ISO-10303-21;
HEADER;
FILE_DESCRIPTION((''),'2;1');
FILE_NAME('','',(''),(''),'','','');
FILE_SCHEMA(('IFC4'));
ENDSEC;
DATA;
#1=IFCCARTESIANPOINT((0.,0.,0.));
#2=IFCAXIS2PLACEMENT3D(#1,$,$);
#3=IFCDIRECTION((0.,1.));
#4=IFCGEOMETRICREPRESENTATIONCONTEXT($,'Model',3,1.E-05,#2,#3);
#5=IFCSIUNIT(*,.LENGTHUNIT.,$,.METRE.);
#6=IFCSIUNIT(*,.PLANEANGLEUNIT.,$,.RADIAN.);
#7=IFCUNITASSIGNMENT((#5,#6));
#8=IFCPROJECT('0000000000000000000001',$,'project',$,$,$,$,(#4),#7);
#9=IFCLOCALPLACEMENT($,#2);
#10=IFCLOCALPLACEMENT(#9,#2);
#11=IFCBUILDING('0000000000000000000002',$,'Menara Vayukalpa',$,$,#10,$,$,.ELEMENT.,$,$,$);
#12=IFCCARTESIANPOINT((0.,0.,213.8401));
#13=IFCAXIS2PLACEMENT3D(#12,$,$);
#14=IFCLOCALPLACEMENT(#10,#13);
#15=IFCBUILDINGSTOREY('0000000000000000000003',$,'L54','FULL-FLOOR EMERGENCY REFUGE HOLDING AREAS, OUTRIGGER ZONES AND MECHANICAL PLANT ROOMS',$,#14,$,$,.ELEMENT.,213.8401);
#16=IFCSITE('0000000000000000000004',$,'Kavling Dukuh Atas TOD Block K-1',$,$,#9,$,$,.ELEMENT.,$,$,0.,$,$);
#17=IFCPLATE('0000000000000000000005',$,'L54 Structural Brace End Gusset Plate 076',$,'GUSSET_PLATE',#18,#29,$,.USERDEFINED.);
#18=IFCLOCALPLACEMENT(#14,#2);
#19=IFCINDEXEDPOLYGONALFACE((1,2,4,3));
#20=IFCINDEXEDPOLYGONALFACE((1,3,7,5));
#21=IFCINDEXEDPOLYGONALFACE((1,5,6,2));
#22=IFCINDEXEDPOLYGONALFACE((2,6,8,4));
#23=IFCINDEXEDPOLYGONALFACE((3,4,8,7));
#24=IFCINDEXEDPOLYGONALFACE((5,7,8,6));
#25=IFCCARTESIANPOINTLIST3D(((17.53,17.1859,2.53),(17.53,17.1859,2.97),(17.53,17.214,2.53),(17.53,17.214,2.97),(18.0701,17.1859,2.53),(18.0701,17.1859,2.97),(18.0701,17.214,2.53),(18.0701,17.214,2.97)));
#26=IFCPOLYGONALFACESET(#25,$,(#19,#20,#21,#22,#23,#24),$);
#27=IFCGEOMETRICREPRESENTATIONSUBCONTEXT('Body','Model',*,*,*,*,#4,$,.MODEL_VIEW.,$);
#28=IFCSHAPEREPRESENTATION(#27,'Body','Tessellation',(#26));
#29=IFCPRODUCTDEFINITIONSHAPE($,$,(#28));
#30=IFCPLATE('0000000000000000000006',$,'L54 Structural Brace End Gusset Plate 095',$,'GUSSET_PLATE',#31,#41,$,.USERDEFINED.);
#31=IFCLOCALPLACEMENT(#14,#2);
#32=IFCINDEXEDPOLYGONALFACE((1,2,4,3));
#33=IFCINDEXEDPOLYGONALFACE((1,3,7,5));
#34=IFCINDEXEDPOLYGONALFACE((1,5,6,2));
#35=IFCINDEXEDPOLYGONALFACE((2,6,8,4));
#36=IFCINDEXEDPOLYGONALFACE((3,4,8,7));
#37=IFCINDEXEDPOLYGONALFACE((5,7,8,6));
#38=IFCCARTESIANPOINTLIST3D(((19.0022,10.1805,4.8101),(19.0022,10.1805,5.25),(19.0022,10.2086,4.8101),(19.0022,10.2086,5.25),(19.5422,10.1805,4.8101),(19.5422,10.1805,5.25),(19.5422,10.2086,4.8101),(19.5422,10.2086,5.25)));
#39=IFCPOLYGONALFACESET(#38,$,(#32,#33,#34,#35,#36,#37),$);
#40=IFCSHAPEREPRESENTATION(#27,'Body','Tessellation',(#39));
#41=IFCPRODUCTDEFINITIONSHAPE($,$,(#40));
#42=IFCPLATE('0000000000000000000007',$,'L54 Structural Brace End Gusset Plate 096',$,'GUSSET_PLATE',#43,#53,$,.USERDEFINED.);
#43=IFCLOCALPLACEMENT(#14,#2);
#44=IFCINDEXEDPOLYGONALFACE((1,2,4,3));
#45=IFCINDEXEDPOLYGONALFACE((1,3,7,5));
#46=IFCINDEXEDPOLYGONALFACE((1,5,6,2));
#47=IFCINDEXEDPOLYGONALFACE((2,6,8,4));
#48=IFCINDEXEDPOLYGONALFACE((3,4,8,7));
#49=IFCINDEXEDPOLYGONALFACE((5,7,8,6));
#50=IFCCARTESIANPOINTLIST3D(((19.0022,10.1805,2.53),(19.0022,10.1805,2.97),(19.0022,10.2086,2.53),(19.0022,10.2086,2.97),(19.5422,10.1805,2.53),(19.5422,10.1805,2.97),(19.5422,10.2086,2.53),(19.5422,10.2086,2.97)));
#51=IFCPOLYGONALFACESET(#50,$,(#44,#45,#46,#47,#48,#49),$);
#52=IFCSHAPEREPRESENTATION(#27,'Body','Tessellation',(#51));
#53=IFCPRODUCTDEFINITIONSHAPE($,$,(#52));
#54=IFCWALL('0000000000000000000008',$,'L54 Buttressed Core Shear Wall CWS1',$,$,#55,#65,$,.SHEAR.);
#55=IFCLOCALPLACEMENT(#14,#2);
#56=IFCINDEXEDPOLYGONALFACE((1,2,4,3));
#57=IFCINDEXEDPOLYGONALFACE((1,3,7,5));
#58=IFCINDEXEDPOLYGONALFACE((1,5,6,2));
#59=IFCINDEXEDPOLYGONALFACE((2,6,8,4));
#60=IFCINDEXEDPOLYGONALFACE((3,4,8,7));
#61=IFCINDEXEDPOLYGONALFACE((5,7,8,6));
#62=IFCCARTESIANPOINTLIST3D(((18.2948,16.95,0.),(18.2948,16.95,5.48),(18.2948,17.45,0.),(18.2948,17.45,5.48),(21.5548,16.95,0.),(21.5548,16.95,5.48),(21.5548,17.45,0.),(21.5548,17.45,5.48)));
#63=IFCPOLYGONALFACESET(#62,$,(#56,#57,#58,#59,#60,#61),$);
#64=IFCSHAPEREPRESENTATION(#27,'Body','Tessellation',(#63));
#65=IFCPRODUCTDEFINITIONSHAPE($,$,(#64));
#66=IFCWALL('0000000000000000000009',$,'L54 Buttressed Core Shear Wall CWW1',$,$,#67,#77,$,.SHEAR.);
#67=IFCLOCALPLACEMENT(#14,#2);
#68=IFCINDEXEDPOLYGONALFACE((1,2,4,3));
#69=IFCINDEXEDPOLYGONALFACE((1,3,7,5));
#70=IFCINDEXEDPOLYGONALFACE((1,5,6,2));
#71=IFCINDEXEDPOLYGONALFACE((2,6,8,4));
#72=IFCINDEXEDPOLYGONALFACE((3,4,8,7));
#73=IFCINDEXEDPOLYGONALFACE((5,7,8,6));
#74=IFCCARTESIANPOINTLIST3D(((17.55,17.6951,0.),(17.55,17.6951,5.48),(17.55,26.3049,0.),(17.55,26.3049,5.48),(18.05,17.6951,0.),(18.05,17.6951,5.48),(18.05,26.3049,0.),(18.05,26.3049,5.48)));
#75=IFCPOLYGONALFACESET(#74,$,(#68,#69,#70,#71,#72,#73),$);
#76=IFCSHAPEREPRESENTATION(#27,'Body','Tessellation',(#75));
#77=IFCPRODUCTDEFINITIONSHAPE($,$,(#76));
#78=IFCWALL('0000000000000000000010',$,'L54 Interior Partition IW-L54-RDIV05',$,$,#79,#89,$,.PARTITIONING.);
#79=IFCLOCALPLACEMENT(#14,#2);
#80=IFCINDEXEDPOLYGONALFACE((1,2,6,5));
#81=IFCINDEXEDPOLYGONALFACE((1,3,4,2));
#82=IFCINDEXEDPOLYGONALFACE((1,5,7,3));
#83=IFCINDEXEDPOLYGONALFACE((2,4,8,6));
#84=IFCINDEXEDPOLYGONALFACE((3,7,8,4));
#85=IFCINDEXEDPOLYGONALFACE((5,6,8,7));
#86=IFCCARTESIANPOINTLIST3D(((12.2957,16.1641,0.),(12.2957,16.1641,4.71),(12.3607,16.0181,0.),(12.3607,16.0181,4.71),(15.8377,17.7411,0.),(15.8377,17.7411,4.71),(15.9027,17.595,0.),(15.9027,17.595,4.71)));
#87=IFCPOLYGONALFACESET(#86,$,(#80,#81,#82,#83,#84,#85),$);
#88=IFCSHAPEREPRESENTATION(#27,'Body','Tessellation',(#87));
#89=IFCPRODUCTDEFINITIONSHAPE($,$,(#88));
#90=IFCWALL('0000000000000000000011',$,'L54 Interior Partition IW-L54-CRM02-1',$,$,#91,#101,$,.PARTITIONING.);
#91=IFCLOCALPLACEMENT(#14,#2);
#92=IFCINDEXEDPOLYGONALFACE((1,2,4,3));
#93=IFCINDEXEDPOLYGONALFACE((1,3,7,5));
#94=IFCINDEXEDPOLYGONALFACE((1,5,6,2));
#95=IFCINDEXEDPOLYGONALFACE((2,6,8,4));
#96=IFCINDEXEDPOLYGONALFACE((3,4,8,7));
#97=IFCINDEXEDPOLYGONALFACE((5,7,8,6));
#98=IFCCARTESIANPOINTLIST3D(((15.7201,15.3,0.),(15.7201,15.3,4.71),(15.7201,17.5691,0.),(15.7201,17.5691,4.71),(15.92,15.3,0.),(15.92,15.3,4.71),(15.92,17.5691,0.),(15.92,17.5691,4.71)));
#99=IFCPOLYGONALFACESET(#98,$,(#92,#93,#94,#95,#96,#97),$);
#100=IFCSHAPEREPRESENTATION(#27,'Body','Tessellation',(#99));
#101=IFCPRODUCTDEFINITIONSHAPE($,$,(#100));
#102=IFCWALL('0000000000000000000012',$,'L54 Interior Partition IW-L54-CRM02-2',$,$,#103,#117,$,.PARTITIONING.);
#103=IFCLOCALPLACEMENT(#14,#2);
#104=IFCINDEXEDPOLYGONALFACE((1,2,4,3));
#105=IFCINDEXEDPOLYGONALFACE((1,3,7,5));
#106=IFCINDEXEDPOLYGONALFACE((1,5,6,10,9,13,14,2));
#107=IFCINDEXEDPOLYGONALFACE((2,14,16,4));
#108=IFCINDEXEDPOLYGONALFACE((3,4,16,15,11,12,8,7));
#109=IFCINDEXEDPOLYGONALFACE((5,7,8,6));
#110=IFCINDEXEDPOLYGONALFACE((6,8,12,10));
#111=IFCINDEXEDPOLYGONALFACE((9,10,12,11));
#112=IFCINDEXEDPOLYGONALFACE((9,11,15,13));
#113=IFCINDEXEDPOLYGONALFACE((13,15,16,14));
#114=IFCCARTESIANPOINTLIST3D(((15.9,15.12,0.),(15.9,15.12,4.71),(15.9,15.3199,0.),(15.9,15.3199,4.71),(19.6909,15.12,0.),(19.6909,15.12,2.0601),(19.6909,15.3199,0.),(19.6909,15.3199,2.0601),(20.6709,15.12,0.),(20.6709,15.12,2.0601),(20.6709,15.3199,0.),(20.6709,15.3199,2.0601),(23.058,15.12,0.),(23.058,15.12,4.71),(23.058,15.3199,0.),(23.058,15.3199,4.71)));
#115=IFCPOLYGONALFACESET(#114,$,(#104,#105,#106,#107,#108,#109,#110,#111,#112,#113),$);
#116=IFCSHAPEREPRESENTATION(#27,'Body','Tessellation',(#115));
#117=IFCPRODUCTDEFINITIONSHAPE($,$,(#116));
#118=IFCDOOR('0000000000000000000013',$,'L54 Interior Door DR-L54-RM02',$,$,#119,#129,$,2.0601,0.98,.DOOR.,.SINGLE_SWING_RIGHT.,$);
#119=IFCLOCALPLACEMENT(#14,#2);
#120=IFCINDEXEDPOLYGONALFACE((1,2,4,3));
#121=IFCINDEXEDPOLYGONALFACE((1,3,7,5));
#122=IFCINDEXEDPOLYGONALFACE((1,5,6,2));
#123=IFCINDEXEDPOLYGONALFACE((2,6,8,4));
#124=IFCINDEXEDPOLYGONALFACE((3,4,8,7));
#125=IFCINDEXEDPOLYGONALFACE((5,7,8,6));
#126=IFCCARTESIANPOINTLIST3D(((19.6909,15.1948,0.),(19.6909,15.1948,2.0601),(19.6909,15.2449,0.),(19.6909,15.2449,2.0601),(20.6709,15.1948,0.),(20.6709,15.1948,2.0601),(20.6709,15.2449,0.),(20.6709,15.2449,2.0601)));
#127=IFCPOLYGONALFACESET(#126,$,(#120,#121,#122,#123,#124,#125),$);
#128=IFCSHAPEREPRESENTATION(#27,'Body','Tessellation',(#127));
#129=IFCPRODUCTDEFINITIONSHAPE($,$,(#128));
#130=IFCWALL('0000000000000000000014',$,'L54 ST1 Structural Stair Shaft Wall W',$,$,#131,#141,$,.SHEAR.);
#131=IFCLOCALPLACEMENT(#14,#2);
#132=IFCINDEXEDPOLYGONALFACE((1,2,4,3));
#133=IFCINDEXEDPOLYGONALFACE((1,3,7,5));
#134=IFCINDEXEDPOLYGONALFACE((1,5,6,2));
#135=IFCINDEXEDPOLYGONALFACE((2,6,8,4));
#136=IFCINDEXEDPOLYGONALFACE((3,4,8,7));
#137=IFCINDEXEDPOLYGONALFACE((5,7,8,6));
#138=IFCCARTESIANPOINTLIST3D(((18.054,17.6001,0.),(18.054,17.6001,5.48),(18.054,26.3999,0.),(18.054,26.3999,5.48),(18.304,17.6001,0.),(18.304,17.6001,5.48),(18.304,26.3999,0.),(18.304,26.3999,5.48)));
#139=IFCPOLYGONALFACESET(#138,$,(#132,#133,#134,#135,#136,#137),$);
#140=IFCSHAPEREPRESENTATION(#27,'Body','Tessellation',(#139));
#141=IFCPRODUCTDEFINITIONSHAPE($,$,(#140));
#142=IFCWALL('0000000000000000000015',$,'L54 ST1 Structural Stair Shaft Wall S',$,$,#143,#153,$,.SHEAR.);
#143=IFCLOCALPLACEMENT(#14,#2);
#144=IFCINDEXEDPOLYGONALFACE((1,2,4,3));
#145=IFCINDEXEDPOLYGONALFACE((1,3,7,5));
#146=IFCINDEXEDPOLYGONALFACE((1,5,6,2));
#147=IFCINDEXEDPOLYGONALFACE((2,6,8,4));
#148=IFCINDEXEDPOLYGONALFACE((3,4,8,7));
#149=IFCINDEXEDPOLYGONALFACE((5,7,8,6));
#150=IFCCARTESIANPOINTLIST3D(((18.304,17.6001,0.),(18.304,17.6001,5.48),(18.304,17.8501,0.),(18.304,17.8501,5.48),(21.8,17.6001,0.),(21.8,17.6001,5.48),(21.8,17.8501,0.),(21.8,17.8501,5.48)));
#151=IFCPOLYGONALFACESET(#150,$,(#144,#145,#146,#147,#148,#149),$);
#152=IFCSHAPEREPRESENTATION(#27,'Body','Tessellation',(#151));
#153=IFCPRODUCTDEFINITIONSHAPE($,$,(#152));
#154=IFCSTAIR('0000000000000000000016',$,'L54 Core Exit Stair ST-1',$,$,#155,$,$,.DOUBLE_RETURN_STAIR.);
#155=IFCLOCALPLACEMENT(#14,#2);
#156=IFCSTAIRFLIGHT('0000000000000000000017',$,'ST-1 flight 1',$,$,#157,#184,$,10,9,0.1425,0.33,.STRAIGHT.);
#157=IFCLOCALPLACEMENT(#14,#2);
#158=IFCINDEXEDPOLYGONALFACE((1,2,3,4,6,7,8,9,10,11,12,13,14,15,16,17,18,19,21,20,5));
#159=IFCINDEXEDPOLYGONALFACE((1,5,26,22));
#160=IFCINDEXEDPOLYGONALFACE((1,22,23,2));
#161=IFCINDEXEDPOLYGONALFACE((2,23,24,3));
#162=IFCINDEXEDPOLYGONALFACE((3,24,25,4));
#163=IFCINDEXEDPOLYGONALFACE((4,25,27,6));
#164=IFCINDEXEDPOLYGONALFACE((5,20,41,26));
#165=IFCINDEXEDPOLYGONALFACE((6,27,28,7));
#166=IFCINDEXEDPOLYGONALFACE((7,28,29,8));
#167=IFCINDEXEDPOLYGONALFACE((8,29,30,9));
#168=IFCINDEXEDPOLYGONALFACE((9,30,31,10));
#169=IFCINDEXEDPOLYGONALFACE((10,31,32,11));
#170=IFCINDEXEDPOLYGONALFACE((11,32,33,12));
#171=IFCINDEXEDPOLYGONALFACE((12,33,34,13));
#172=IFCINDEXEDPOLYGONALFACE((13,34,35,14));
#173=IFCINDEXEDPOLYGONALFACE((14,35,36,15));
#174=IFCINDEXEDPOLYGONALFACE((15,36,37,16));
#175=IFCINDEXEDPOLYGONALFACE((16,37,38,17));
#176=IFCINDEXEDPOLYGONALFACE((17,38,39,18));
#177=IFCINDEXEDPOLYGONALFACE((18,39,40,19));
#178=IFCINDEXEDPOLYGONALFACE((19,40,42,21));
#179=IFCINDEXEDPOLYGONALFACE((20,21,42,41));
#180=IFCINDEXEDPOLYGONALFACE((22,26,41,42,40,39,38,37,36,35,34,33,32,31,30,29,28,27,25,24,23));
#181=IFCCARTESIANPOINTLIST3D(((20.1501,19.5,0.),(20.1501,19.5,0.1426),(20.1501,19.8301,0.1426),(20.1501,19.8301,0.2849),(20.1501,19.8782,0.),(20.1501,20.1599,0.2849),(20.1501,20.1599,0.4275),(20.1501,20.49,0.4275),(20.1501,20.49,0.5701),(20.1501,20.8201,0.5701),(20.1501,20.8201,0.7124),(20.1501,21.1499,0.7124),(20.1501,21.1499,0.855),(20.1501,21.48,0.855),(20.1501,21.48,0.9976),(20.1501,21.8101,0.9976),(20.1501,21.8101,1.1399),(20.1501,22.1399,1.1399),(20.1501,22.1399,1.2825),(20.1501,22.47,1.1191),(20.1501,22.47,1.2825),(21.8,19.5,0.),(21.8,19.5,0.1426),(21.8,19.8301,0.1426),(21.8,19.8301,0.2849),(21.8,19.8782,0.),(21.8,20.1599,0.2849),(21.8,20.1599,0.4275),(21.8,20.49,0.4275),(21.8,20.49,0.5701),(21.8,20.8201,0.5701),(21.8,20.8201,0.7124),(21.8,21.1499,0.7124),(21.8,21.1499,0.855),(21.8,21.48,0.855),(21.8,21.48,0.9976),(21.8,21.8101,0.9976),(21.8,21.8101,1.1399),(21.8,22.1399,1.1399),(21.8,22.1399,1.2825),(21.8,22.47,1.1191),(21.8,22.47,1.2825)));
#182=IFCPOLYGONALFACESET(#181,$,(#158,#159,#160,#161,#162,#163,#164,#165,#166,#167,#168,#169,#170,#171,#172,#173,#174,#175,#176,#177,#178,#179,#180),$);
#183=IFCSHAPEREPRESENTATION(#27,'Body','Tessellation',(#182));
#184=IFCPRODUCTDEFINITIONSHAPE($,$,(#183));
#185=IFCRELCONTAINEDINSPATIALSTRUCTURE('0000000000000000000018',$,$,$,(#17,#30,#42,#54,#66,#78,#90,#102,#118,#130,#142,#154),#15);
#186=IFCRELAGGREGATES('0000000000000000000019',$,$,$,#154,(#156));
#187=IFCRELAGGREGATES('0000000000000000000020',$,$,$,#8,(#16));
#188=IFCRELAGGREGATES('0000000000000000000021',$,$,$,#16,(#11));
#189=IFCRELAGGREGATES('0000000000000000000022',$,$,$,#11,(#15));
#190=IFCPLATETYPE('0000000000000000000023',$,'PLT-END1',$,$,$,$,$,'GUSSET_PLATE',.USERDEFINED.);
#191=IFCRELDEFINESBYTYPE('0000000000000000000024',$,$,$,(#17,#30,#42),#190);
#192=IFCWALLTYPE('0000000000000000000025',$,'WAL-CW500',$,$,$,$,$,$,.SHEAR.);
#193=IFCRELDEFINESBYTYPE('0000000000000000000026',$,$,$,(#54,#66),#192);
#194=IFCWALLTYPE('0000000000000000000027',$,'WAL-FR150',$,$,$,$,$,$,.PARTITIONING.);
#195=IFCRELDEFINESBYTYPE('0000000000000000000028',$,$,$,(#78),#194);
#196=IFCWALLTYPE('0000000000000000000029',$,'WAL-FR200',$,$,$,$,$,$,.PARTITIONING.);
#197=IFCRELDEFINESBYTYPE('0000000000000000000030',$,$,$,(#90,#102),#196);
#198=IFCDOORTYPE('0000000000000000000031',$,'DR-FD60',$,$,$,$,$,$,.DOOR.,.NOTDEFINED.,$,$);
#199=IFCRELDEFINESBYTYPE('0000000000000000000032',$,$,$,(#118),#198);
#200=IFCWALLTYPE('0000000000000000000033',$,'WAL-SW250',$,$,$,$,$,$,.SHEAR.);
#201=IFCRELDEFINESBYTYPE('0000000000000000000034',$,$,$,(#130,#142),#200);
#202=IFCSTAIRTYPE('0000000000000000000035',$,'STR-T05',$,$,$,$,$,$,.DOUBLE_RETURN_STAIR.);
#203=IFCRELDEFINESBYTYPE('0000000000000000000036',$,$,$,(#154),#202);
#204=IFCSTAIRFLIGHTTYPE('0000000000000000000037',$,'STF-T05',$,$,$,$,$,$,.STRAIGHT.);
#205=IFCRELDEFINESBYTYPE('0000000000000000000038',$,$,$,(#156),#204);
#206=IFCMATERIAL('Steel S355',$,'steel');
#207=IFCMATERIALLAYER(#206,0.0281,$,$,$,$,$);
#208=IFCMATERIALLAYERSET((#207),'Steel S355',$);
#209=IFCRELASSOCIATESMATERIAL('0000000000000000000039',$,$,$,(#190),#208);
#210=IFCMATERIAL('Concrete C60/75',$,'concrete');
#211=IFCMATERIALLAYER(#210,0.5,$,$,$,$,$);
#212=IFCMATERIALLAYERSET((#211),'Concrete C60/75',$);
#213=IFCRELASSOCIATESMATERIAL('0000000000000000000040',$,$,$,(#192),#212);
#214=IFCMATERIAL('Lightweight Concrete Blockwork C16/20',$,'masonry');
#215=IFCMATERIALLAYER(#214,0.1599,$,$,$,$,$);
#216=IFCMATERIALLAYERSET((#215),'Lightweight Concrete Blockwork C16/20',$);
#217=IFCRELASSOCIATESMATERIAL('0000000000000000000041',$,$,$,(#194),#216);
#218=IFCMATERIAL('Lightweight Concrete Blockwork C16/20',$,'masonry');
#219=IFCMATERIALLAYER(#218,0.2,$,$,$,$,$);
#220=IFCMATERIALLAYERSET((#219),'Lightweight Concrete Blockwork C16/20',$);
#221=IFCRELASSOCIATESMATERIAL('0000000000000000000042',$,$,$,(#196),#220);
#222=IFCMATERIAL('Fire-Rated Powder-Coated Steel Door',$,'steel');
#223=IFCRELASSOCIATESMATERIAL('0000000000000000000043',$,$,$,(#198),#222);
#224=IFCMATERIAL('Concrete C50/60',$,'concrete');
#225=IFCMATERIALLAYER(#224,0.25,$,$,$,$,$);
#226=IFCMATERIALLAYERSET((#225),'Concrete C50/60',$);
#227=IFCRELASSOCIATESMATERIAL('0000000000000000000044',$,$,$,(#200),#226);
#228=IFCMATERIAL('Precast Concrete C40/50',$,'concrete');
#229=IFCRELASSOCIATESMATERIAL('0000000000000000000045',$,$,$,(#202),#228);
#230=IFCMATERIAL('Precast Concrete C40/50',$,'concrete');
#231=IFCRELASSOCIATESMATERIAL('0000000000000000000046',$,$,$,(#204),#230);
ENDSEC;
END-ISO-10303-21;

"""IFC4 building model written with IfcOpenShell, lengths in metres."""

from ifc_helpers import new_model, si_unit, direction, frame, frame_2d, origin, origin_2d, place, context, subcontext, project, spatial, polyline, rectangle, outline, extrude, material, layer, layer_set, type_object, element, fill, aggregate, save


model = new_model("IFC4")

# Units and contexts
model_context = context("Model", 3, precision=1e-05, world=origin(), true_north=direction((0.0, 1.0)))
body_context = subcontext(model_context, "Body", "Model", "MODEL_VIEW")
ifc_project = project(units=[si_unit("LENGTHUNIT", "METRE"), si_unit("PLANEANGLEUNIT", "RADIAN")], contexts=[model_context])

# Site, building, storey
site_placement = place(None, origin())
site = spatial("IfcSite", under=ifc_project, at=site_placement, Name="Kavling Dukuh Atas TOD Block K-1", CompositionType="ELEMENT", RefElevation=0.0)
building_placement = place(site_placement, origin())
building = spatial("IfcBuilding", under=site, at=building_placement, Name="Menara Vayukalpa", CompositionType="ELEMENT")
storey_placement = place(building_placement, frame((0.0, 0.0, 213.8401)))
storey = spatial("IfcBuildingStorey", under=building, at=storey_placement, Name="L54", Description="FULL-FLOOR EMERGENCY REFUGE HOLDING AREAS, OUTRIGGER ZONES AND MECHANICAL PLANT ROOMS", CompositionType="ELEMENT", Elevation=213.8401)

# Plates
ifc_material_1 = material(Name="Steel S355", Category="steel")
ifc_layer_1 = layer(ifc_material_1, 0.0281)
ifc_layer_set_1 = layer_set([ifc_layer_1], Name="Steel S355")
plate_type = type_object("IfcPlateType", Name="PLT-END1", ElementType="GUSSET_PLATE", PredefinedType="USERDEFINED", material=ifc_layer_set_1)
for number, where, z_axis, x_axis, name in (
    (1, (17.8, 17.2, 2.53), (0.0, 0.0, 1.0), (1.0, 0.0, 0.0), "L54 Structural Brace End Gusset Plate 076"),
    (2, (19.2722, 10.1946, 4.8101), (0.0, 0.0, 1.0), (1.0, 0.0, 0.0), "L54 Structural Brace End Gusset Plate 095"),
    (3, (19.2722, 10.1946, 2.53), (0.0, 0.0, 1.0), (1.0, 0.0, 0.0), "L54 Structural Brace End Gusset Plate 096"),
):
    element("IfcPlate", number, at=place(storey_placement, frame(where, z_axis=z_axis, x_axis=x_axis)), inside=storey, type_object=plate_type, Name=name, ObjectType="GUSSET_PLATE", PredefinedType="USERDEFINED", context=body_context, shape_type="SweptSolid", body=[
        extrude(rectangle(XDim=0.54, YDim=0.0281, at=origin_2d()), origin(), (0.0, 0.0, 1.0), 0.4399),
    ])

# Walls
ifc_material_2 = material(Name="Concrete C60/75", Category="concrete")
ifc_layer_2 = layer(ifc_material_2, 0.5)
ifc_layer_set_2 = layer_set([ifc_layer_2], Name="Concrete C60/75")
wall_type_1 = type_object("IfcWallType", Name="WAL-CW500", PredefinedType="SHEAR", material=ifc_layer_set_2)
wall_1_placement = place(storey_placement, frame((18.2949, 17.2, 0.0), z_axis=(0.0, 0.0, 1.0), x_axis=(1.0, 0.0, 0.0)))
element("IfcWall", 4, at=wall_1_placement, inside=storey, type_object=wall_type_1, Name="L54 Buttressed Core Shear Wall CWS1", PredefinedType="SHEAR", context=body_context, shape_type="SweptSolid", body=[
    extrude(rectangle(XDim=3.26, YDim=0.5, at=frame_2d((1.6299, 0.0))), origin(), (0.0, 0.0, 1.0), 5.48),
])
wall_2_placement = place(storey_placement, frame((17.8, 17.6951, 0.0), z_axis=(0.0, 0.0, 1.0), x_axis=(0.0, 1.0, 0.0)))
element("IfcWall", 5, at=wall_2_placement, inside=storey, type_object=wall_type_1, Name="L54 Buttressed Core Shear Wall CWW1", PredefinedType="SHEAR", context=body_context, shape_type="SweptSolid", body=[
    extrude(rectangle(XDim=8.6099, YDim=0.5, at=frame_2d((4.3049, 0.0))), origin(), (0.0, 0.0, 1.0), 5.48),
])
ifc_material_3 = material(Name="Lightweight Concrete Blockwork C16/20", Category="masonry")
ifc_layer_3 = layer(ifc_material_3, 0.1599)
ifc_layer_set_3 = layer_set([ifc_layer_3], Name="Lightweight Concrete Blockwork C16/20")
wall_type_2 = type_object("IfcWallType", Name="WAL-FR150", PredefinedType="PARTITIONING", material=ifc_layer_set_3)
wall_3_placement = place(storey_placement, frame((15.8701, 17.668, 0.0), z_axis=(0.0, 0.0, 1.0), x_axis=(-0.913554, -0.406717, 0.0)))
element("IfcWall", 6, at=wall_3_placement, inside=storey, type_object=wall_type_2, Name="L54 Interior Partition IW-L54-RDIV05", PredefinedType="PARTITIONING", context=body_context, shape_type="SweptSolid", body=[
    extrude(rectangle(XDim=3.8772, YDim=0.1599, at=frame_2d((1.9385, 0.0))), origin(), (0.0, 0.0, 1.0), 4.71),
])
ifc_material_4 = material(Name="Lightweight Concrete Blockwork C16/20", Category="masonry")
ifc_layer_4 = layer(ifc_material_4, 0.2)
ifc_layer_set_4 = layer_set([ifc_layer_4], Name="Lightweight Concrete Blockwork C16/20")
wall_type_3 = type_object("IfcWallType", Name="WAL-FR200", PredefinedType="PARTITIONING", material=ifc_layer_set_4)
wall_4_placement = place(storey_placement, frame((15.8201, 17.5691, 0.0), z_axis=(0.0, 0.0, 1.0), x_axis=(0.0, -1.0, 0.0)))
element("IfcWall", 7, at=wall_4_placement, inside=storey, type_object=wall_type_3, Name="L54 Interior Partition IW-L54-CRM02-1", PredefinedType="PARTITIONING", context=body_context, shape_type="SweptSolid", body=[
    extrude(rectangle(XDim=2.269, YDim=0.2, at=frame_2d((1.1345, 0.0))), origin(), (0.0, 0.0, 1.0), 4.71),
])

# Wall, opening, door
wall_5_placement = place(storey_placement, frame((15.8999, 15.22, 0.0), z_axis=(0.0, 0.0, 1.0), x_axis=(1.0, 0.0, 0.0)))
wall_5 = element("IfcWall", 8, at=wall_5_placement, inside=storey, type_object=wall_type_3, Name="L54 Interior Partition IW-L54-CRM02-2", PredefinedType="PARTITIONING", context=body_context, shape_type="SweptSolid", body=[
    extrude(rectangle(XDim=7.158, YDim=0.2, at=frame_2d((3.5791, 0.0))), origin(), (0.0, 0.0, 1.0), 4.71),
])
opening_placement = place(wall_5_placement, frame((3.791, 0.0, 0.0)))
opening = element("IfcOpeningElement", 9, at=opening_placement, cuts=wall_5, PredefinedType="OPENING", context=body_context, shape_type="SweptSolid", body=[
    extrude(rectangle(XDim=0.98, YDim=2.0601, at=frame_2d((0.49, 1.03))), frame((0.0, 0.1099, 0.0), z_axis=(0.0, -1.0, 0.0), x_axis=(1.0, 0.0, 0.0)), (0.0, 0.0, 1.0), 0.22),
])
ifc_material_5 = material(Name="Fire-Rated Powder-Coated Steel Door", Category="steel")
door_type = type_object("IfcDoorType", Name="DR-FD60", OperationType="NOTDEFINED", PredefinedType="DOOR", material=ifc_material_5)
door_placement = place(opening_placement, origin())
door = element("IfcDoor", 10, at=door_placement, inside=storey, type_object=door_type, Name="L54 Interior Door DR-L54-RM02", OperationType="SINGLE_SWING_RIGHT", OverallHeight=2.0601, OverallWidth=0.98, PredefinedType="DOOR", context=body_context, shape_type="SweptSolid", body=[
    extrude(rectangle(XDim=0.98, YDim=2.0601, at=frame_2d((0.49, 1.03))), frame((0.0, 0.0249, 0.0), z_axis=(0.0, -1.0, 0.0), x_axis=(1.0, 0.0, 0.0)), (0.0, 0.0, 1.0), 0.05),
])
fill(opening, door)

# Walls
ifc_material_6 = material(Name="Concrete C50/60", Category="concrete")
ifc_layer_5 = layer(ifc_material_6, 0.25)
ifc_layer_set_5 = layer_set([ifc_layer_5], Name="Concrete C50/60")
wall_type_4 = type_object("IfcWallType", Name="WAL-SW250", PredefinedType="SHEAR", material=ifc_layer_set_5)
wall_6_placement = place(storey_placement, frame((18.179, 17.6001, 0.0), z_axis=(0.0, 0.0, 1.0), x_axis=(0.0, 1.0, 0.0)))
element("IfcWall", 11, at=wall_6_placement, inside=storey, type_object=wall_type_4, Name="L54 ST1 Structural Stair Shaft Wall W", PredefinedType="SHEAR", context=body_context, shape_type="SweptSolid", body=[
    extrude(rectangle(XDim=8.7998, YDim=0.25, at=frame_2d((4.3999, 0.0))), origin(), (0.0, 0.0, 1.0), 5.48),
])
wall_7_placement = place(storey_placement, frame((18.304, 17.7251, 0.0), z_axis=(0.0, 0.0, 1.0), x_axis=(1.0, 0.0, 0.0)))
element("IfcWall", 12, at=wall_7_placement, inside=storey, type_object=wall_type_4, Name="L54 ST1 Structural Stair Shaft Wall S", PredefinedType="SHEAR", context=body_context, shape_type="SweptSolid", body=[
    extrude(rectangle(XDim=3.4961, YDim=0.25, at=frame_2d((1.748, 0.0))), origin(), (0.0, 0.0, 1.0), 5.48),
])

# Stair, stair flight
ifc_material_7 = material(Name="Precast Concrete C40/50", Category="concrete")
stair_type = type_object("IfcStairType", Name="STR-T05", PredefinedType="DOUBLE_RETURN_STAIR", material=ifc_material_7)
stair_placement = place(storey_placement, origin())
stair = element("IfcStair", 13, at=stair_placement, inside=storey, type_object=stair_type, Name="L54 Core Exit Stair ST-1", PredefinedType="DOUBLE_RETURN_STAIR")
ifc_material_8 = material(Name="Precast Concrete C40/50", Category="concrete")
stair_flight_type = type_object("IfcStairFlightType", Name="STF-T05", PredefinedType="STRAIGHT", material=ifc_material_8)
stair_flight_placement = place(storey_placement, frame((20.9751, 19.5, 0.0), z_axis=(0.0, 0.0, 1.0), x_axis=(0.0, 1.0, 0.0)))
stair_flight = element("IfcStairFlight", 14, at=stair_flight_placement, type_object=stair_flight_type, Name="ST-1 flight 1", NumberOfRisers=10, NumberOfTreads=9, PredefinedType="STRAIGHT", RiserHeight=0.1425, TreadLength=0.33, context=body_context, shape_type="SweptSolid", body=[
    extrude(outline(polyline([(0.0, 0.0), (0.0, 0.1426), (0.3301, 0.1426), (0.3301, 0.2849), (0.6599, 0.2849), (0.6599, 0.4275), (0.99, 0.4275), (0.99, 0.5701), (1.3201, 0.5701), (1.3201, 0.7124), (1.6499, 0.7124), (1.6499, 0.855), (1.98, 0.855), (1.98, 0.9976), (2.3101, 0.9976), (2.3101, 1.1399), (2.6399, 1.1399), (2.6399, 1.2825), (2.97, 1.2825), (2.97, 1.425), (2.97, 1.1191), (0.3782, 0.0), (0.0, 0.0)])), frame((0.0, 0.825, 0.0), z_axis=(0.0, -1.0, 0.0), x_axis=(1.0, 0.0, 0.0)), (0.0, 0.0, 1.0), 1.6499),
])
aggregate(stair, [stair_flight])

save(model, "model.ifc")
